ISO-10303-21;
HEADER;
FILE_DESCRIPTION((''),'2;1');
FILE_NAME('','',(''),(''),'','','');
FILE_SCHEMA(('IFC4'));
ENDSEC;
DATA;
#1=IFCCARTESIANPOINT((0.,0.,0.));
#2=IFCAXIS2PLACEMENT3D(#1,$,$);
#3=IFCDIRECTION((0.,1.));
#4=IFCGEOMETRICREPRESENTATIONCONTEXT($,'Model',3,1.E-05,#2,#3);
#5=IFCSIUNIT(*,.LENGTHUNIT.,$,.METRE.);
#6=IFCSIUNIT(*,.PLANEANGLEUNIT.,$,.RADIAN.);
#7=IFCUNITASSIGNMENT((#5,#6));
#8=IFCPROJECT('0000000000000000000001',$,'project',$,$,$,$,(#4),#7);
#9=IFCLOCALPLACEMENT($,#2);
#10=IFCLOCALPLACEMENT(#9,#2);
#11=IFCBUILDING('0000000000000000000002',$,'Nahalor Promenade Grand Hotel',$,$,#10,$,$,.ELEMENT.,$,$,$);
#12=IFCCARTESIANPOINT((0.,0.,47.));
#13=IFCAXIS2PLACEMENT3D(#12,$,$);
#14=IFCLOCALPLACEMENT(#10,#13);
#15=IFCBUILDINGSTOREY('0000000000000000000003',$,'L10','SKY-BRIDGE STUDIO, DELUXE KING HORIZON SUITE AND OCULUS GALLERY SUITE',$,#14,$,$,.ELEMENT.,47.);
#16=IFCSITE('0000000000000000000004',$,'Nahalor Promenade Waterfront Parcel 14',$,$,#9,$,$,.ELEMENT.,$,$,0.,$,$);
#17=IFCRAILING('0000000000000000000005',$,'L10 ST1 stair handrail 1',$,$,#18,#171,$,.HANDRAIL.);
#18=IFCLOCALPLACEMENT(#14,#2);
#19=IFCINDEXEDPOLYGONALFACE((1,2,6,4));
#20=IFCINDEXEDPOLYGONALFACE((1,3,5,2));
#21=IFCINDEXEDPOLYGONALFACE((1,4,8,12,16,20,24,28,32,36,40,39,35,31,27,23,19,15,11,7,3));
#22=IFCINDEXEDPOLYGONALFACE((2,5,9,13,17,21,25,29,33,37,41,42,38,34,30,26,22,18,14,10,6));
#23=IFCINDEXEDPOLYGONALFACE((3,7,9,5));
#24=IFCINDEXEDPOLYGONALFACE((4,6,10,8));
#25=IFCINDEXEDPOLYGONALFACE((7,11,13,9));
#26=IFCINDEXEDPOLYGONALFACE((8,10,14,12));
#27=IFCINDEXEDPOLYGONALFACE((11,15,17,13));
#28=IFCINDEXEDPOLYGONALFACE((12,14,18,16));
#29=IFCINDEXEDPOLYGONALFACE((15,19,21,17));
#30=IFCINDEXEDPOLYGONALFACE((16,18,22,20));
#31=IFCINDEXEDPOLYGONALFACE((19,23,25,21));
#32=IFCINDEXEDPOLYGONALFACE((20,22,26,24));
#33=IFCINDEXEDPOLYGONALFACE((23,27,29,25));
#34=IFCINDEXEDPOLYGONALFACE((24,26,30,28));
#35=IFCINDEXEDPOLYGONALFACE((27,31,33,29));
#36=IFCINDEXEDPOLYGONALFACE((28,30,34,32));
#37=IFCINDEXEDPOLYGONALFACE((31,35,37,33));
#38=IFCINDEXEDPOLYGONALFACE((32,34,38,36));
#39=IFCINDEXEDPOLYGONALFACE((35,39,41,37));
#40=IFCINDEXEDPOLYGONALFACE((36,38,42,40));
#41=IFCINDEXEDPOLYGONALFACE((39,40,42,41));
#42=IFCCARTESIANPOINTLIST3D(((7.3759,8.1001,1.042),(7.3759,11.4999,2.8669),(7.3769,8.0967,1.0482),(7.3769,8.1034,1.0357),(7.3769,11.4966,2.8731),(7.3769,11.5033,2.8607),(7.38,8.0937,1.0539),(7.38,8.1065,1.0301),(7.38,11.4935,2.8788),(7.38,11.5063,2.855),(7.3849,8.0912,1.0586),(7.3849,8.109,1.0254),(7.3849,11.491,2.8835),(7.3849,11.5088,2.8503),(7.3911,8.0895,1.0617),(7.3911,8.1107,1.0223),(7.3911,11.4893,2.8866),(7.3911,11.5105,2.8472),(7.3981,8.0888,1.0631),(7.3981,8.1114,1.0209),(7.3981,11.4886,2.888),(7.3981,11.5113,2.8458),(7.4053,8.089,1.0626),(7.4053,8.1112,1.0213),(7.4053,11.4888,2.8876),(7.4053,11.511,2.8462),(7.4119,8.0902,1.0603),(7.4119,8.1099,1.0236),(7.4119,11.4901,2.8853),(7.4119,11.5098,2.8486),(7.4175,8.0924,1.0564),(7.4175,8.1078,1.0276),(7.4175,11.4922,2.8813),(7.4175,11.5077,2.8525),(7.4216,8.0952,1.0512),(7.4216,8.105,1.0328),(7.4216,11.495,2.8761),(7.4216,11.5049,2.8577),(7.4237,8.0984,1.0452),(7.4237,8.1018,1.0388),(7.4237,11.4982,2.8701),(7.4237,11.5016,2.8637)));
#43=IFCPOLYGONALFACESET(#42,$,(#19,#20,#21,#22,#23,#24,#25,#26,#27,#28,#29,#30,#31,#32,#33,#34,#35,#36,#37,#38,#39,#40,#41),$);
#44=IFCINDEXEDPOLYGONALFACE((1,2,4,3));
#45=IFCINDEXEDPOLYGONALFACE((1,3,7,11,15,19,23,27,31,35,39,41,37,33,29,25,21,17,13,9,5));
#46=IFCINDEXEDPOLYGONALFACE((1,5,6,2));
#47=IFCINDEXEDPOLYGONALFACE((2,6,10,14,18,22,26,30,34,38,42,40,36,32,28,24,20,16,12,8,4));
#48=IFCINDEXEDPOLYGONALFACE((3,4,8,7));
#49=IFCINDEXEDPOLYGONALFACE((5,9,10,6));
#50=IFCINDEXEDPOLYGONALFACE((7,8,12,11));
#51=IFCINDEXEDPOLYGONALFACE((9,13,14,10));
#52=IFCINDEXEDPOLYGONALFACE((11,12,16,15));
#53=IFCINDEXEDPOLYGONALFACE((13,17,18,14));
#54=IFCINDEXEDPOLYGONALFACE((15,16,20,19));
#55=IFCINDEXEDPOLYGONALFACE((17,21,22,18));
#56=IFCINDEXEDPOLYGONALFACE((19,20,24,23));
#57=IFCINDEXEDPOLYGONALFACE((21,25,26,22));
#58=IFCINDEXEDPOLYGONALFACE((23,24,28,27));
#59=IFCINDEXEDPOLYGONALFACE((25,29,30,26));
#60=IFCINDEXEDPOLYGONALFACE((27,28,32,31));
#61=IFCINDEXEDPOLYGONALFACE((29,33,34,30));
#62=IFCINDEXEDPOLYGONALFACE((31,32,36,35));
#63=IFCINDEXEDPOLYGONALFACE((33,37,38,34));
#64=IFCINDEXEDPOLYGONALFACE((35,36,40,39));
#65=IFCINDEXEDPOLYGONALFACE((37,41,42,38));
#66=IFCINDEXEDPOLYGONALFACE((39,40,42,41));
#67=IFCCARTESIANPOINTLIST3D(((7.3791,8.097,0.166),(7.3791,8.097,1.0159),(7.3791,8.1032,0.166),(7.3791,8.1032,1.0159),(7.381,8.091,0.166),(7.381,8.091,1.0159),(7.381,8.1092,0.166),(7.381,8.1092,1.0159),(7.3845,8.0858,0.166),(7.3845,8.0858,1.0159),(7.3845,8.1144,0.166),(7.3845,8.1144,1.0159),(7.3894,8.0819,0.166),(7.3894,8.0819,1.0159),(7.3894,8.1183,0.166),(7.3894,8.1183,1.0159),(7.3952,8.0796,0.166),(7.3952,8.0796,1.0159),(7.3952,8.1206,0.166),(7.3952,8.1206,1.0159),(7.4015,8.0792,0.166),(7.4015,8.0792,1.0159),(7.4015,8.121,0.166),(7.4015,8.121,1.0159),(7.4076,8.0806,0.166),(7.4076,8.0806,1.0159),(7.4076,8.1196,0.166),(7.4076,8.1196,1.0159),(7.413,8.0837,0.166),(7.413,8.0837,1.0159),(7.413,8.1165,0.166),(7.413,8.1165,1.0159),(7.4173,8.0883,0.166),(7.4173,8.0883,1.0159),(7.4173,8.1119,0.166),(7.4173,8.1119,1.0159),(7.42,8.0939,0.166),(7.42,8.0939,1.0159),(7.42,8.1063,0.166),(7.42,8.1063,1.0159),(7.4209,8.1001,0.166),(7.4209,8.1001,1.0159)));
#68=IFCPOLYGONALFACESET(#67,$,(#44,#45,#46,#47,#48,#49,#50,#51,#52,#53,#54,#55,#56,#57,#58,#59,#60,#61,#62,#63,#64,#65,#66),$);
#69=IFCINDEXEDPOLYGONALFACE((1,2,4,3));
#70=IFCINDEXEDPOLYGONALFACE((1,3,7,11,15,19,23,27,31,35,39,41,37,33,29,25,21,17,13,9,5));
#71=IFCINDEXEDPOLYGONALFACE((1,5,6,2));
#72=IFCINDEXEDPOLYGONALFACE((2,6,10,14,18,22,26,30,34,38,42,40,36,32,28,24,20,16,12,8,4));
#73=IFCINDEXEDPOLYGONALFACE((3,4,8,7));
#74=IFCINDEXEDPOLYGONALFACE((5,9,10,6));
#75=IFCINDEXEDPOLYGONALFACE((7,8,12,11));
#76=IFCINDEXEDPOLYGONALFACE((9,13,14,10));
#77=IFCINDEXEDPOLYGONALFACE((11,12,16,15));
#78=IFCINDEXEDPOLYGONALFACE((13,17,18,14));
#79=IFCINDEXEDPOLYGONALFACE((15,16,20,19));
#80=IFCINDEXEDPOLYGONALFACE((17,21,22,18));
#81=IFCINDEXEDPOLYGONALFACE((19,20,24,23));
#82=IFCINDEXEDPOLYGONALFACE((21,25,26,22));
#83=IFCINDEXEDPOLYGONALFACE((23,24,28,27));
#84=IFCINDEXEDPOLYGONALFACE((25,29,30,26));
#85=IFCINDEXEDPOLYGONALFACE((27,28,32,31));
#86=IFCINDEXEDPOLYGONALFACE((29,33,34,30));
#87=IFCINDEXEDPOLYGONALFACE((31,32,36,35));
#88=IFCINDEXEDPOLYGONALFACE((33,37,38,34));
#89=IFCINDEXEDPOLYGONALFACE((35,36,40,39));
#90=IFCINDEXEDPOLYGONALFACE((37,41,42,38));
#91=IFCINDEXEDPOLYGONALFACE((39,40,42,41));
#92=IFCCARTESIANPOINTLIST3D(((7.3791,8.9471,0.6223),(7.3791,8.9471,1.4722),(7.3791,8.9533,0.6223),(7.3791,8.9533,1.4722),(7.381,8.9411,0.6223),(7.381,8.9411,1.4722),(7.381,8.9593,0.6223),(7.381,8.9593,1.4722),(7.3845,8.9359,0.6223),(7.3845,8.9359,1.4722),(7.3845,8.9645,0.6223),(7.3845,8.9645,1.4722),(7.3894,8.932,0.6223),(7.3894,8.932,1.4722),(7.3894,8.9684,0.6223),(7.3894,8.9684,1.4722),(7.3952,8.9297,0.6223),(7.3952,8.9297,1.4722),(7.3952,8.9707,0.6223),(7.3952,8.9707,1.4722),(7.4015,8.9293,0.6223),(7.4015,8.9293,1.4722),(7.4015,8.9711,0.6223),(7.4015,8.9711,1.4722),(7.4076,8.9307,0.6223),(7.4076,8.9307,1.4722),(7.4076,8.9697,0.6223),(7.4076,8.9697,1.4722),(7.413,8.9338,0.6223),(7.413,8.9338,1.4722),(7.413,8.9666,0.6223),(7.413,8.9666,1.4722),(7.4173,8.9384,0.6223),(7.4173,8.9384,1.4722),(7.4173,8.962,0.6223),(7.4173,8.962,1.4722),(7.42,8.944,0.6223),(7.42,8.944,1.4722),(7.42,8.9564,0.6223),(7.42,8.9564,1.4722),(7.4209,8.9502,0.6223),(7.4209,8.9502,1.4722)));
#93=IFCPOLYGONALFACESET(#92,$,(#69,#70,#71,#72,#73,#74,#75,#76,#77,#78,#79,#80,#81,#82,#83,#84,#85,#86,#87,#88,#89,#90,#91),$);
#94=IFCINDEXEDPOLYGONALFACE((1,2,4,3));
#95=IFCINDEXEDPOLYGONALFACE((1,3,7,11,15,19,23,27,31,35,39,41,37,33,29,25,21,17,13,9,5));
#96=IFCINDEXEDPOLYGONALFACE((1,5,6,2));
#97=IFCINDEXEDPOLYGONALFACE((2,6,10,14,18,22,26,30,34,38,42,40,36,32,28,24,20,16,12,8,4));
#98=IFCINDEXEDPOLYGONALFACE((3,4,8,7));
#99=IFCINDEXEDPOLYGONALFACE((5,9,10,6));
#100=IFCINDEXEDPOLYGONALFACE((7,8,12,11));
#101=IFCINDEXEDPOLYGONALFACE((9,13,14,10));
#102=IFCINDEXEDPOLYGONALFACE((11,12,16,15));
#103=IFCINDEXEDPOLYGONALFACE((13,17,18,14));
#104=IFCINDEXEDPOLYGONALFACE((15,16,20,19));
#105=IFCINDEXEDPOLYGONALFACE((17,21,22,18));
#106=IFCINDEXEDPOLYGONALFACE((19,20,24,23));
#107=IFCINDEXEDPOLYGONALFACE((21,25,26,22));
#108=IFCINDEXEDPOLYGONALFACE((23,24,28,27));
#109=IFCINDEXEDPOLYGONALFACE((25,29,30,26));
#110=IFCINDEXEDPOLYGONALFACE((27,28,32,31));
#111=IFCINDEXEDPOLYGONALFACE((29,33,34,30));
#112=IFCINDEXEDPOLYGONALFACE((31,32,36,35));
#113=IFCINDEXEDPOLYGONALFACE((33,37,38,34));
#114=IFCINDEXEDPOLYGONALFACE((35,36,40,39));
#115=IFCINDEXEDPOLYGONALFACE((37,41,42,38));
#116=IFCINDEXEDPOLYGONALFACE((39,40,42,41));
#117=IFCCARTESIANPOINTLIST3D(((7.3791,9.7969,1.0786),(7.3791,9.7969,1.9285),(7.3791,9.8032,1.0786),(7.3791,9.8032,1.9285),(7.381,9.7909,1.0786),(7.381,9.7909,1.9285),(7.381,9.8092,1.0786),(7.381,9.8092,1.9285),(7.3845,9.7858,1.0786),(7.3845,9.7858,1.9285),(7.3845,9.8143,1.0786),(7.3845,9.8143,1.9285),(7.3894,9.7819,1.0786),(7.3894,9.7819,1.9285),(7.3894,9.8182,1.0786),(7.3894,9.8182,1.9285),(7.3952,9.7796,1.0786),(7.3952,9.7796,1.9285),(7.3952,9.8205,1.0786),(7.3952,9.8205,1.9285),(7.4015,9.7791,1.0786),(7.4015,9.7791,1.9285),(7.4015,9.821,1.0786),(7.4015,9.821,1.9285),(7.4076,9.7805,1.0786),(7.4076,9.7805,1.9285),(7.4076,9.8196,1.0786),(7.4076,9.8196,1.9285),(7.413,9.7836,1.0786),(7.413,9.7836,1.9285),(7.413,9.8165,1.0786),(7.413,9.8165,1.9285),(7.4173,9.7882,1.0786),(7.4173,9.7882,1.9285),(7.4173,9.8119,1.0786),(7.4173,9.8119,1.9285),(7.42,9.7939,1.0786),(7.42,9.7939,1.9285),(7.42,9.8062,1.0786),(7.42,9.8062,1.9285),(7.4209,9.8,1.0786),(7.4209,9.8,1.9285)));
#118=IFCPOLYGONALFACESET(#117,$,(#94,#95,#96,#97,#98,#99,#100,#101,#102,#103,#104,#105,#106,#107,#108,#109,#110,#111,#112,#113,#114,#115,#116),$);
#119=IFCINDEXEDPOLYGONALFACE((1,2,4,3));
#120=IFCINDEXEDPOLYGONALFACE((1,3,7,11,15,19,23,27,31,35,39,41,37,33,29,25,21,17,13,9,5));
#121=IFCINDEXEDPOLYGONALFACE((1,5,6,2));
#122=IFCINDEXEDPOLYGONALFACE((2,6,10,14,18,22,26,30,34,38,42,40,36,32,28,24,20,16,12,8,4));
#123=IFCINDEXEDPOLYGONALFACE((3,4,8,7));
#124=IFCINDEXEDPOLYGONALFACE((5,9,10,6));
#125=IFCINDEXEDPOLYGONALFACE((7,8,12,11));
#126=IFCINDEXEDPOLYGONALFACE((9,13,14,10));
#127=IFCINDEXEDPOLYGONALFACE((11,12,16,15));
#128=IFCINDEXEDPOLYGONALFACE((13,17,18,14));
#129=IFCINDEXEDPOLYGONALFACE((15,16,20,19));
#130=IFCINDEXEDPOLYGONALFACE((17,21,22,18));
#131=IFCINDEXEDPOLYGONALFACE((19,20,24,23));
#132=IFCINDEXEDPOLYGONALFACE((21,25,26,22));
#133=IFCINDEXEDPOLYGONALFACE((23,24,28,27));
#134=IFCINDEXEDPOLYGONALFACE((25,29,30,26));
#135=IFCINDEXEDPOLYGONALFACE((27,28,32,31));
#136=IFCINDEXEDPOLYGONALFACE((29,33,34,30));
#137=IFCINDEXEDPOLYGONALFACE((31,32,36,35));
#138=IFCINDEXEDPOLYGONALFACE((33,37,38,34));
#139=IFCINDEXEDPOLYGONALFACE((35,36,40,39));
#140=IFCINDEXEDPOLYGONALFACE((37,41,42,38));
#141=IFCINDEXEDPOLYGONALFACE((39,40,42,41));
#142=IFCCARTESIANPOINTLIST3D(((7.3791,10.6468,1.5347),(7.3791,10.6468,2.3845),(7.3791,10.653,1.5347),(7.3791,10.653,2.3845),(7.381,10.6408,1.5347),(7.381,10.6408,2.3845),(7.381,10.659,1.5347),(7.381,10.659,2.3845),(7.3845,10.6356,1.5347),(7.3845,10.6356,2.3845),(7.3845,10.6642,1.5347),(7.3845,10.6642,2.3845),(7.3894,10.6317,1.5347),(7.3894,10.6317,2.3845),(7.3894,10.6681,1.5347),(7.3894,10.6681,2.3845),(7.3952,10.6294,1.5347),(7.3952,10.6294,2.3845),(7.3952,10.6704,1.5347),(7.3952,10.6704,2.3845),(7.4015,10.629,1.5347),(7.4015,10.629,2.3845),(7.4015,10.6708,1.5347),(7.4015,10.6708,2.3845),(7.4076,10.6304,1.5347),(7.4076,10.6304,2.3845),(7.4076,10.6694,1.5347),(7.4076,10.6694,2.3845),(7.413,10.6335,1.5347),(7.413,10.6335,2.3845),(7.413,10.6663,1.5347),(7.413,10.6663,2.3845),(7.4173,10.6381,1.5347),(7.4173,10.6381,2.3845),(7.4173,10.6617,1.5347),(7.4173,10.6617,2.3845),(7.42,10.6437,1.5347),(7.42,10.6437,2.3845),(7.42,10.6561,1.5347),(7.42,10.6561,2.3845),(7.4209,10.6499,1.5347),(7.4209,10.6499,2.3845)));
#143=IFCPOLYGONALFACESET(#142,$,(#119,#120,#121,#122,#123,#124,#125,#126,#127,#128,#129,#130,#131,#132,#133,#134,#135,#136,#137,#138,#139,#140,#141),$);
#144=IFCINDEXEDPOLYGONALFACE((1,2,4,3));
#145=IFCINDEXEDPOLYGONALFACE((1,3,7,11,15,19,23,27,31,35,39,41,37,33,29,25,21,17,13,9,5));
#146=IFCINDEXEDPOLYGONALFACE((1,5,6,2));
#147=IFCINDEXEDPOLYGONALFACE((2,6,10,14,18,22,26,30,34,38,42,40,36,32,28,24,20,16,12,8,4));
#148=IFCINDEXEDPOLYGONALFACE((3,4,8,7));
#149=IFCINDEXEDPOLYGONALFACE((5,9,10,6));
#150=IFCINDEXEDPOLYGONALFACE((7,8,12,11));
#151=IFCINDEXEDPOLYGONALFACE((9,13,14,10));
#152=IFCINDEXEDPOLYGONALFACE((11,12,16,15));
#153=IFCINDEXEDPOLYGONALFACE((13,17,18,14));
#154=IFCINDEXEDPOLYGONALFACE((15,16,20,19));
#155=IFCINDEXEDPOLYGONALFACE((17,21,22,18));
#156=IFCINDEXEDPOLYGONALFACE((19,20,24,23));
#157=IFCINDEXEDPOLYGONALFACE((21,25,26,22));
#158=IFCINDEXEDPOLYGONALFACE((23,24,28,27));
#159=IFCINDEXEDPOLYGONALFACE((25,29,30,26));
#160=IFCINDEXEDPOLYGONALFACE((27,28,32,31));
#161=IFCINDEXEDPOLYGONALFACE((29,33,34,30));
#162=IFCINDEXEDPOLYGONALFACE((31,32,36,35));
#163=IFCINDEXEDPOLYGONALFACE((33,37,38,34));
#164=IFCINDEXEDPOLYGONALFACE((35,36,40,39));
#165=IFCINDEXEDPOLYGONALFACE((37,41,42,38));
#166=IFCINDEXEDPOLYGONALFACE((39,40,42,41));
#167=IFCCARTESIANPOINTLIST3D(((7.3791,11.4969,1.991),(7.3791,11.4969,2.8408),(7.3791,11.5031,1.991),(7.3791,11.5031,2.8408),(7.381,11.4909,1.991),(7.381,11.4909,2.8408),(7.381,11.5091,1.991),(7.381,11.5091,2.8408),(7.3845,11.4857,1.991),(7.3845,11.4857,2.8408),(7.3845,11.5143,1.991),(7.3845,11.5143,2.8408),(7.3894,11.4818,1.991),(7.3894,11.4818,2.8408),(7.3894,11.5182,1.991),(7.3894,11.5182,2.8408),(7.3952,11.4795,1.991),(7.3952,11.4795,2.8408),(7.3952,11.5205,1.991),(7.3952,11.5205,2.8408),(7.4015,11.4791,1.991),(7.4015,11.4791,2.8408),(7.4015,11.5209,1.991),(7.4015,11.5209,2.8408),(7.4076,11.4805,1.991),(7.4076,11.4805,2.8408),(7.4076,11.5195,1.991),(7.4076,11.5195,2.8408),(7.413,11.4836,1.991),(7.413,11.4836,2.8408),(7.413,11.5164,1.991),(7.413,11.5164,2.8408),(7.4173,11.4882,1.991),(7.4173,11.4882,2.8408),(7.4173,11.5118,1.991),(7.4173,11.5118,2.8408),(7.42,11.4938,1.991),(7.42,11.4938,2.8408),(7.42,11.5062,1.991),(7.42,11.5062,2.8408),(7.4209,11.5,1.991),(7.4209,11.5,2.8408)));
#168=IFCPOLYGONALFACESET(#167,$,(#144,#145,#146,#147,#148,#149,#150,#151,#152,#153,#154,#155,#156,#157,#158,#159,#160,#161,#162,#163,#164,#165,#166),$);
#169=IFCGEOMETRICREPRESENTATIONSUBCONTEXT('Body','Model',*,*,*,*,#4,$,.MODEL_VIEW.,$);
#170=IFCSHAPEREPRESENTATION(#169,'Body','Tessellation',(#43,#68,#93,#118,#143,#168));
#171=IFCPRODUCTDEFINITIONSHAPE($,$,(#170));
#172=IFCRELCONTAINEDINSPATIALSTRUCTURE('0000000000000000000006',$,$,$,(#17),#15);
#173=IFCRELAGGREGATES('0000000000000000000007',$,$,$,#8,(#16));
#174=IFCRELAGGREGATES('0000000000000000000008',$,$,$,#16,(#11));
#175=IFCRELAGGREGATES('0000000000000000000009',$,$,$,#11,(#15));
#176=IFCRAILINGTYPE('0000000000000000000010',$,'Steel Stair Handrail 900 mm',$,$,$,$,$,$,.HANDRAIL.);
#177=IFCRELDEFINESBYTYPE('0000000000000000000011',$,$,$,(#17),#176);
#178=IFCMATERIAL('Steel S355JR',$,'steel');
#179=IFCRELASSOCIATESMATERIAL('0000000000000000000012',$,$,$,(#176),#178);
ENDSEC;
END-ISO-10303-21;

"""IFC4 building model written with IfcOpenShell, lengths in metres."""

from ifc_helpers import new_model, si_unit, direction, frame, origin, origin_2d, place, context, subcontext, project, spatial, circle, extrude, material, type_object, element, save


model = new_model("IFC4")

# Units and contexts
model_context = context("Model", 3, precision=1e-05, world=origin(), true_north=direction((0.0, 1.0)))
body_context = subcontext(model_context, "Body", "Model", "MODEL_VIEW")
ifc_project = project(units=[si_unit("LENGTHUNIT", "METRE"), si_unit("PLANEANGLEUNIT", "RADIAN")], contexts=[model_context])

# Site, building, storey
site_placement = place(None, origin())
site = spatial("IfcSite", under=ifc_project, at=site_placement, Name="Nahalor Promenade Waterfront Parcel 14", CompositionType="ELEMENT", RefElevation=0.0)
building_placement = place(site_placement, origin())
building = spatial("IfcBuilding", under=site, at=building_placement, Name="Nahalor Promenade Grand Hotel", CompositionType="ELEMENT")
storey_placement = place(building_placement, frame((0.0, 0.0, 47.0)))
storey = spatial("IfcBuildingStorey", under=building, at=storey_placement, Name="L10", Description="SKY-BRIDGE STUDIO, DELUXE KING HORIZON SUITE AND OCULUS GALLERY SUITE", CompositionType="ELEMENT", Elevation=47.0)

# Shared definitions
ifc_material_1 = material(Name="Steel S355JR", Category="steel")

# Railing
railing_type_1 = type_object("IfcRailingType", Name="Steel Stair Handrail 900 mm", PredefinedType="HANDRAIL", material=ifc_material_1)
railing_1_placement = place(storey_placement, frame((7.3999, 8.1001, 0.166)))
element("IfcRailing", 1, at=railing_1_placement, inside=storey, type_object=railing_type_1, Name="L10 ST1 stair handrail 1", PredefinedType="HANDRAIL", context=body_context, shape_type="SweptSolid", body=[
    extrude(circle(Radius=0.024, at=origin_2d()), frame((0.0, 0.0, 0.876), z_axis=(0.0, 0.881094, 0.472941), x_axis=(-1.0, 0.0, 0.0)), (0.0, 0.0, 1.0), 3.8586),
    extrude(circle(Radius=0.021, at=origin_2d()), origin(), (0.0, 0.0, 1.0), 0.8499),
    extrude(circle(Radius=0.021, at=origin_2d()), frame((0.0, 0.8501, 0.4563)), (0.0, 0.0, 1.0), 0.8499),
    extrude(circle(Radius=0.021, at=origin_2d()), frame((0.0, 1.7, 0.9126)), (0.0, 0.0, 1.0), 0.8499),
    extrude(circle(Radius=0.021, at=origin_2d()), frame((0.0, 2.5498, 1.3687)), (0.0, 0.0, 1.0), 0.8499),
    extrude(circle(Radius=0.021, at=origin_2d()), frame((0.0, 3.3999, 1.825)), (0.0, 0.0, 1.0), 0.8499),
])

save(model, "model.ifc")
